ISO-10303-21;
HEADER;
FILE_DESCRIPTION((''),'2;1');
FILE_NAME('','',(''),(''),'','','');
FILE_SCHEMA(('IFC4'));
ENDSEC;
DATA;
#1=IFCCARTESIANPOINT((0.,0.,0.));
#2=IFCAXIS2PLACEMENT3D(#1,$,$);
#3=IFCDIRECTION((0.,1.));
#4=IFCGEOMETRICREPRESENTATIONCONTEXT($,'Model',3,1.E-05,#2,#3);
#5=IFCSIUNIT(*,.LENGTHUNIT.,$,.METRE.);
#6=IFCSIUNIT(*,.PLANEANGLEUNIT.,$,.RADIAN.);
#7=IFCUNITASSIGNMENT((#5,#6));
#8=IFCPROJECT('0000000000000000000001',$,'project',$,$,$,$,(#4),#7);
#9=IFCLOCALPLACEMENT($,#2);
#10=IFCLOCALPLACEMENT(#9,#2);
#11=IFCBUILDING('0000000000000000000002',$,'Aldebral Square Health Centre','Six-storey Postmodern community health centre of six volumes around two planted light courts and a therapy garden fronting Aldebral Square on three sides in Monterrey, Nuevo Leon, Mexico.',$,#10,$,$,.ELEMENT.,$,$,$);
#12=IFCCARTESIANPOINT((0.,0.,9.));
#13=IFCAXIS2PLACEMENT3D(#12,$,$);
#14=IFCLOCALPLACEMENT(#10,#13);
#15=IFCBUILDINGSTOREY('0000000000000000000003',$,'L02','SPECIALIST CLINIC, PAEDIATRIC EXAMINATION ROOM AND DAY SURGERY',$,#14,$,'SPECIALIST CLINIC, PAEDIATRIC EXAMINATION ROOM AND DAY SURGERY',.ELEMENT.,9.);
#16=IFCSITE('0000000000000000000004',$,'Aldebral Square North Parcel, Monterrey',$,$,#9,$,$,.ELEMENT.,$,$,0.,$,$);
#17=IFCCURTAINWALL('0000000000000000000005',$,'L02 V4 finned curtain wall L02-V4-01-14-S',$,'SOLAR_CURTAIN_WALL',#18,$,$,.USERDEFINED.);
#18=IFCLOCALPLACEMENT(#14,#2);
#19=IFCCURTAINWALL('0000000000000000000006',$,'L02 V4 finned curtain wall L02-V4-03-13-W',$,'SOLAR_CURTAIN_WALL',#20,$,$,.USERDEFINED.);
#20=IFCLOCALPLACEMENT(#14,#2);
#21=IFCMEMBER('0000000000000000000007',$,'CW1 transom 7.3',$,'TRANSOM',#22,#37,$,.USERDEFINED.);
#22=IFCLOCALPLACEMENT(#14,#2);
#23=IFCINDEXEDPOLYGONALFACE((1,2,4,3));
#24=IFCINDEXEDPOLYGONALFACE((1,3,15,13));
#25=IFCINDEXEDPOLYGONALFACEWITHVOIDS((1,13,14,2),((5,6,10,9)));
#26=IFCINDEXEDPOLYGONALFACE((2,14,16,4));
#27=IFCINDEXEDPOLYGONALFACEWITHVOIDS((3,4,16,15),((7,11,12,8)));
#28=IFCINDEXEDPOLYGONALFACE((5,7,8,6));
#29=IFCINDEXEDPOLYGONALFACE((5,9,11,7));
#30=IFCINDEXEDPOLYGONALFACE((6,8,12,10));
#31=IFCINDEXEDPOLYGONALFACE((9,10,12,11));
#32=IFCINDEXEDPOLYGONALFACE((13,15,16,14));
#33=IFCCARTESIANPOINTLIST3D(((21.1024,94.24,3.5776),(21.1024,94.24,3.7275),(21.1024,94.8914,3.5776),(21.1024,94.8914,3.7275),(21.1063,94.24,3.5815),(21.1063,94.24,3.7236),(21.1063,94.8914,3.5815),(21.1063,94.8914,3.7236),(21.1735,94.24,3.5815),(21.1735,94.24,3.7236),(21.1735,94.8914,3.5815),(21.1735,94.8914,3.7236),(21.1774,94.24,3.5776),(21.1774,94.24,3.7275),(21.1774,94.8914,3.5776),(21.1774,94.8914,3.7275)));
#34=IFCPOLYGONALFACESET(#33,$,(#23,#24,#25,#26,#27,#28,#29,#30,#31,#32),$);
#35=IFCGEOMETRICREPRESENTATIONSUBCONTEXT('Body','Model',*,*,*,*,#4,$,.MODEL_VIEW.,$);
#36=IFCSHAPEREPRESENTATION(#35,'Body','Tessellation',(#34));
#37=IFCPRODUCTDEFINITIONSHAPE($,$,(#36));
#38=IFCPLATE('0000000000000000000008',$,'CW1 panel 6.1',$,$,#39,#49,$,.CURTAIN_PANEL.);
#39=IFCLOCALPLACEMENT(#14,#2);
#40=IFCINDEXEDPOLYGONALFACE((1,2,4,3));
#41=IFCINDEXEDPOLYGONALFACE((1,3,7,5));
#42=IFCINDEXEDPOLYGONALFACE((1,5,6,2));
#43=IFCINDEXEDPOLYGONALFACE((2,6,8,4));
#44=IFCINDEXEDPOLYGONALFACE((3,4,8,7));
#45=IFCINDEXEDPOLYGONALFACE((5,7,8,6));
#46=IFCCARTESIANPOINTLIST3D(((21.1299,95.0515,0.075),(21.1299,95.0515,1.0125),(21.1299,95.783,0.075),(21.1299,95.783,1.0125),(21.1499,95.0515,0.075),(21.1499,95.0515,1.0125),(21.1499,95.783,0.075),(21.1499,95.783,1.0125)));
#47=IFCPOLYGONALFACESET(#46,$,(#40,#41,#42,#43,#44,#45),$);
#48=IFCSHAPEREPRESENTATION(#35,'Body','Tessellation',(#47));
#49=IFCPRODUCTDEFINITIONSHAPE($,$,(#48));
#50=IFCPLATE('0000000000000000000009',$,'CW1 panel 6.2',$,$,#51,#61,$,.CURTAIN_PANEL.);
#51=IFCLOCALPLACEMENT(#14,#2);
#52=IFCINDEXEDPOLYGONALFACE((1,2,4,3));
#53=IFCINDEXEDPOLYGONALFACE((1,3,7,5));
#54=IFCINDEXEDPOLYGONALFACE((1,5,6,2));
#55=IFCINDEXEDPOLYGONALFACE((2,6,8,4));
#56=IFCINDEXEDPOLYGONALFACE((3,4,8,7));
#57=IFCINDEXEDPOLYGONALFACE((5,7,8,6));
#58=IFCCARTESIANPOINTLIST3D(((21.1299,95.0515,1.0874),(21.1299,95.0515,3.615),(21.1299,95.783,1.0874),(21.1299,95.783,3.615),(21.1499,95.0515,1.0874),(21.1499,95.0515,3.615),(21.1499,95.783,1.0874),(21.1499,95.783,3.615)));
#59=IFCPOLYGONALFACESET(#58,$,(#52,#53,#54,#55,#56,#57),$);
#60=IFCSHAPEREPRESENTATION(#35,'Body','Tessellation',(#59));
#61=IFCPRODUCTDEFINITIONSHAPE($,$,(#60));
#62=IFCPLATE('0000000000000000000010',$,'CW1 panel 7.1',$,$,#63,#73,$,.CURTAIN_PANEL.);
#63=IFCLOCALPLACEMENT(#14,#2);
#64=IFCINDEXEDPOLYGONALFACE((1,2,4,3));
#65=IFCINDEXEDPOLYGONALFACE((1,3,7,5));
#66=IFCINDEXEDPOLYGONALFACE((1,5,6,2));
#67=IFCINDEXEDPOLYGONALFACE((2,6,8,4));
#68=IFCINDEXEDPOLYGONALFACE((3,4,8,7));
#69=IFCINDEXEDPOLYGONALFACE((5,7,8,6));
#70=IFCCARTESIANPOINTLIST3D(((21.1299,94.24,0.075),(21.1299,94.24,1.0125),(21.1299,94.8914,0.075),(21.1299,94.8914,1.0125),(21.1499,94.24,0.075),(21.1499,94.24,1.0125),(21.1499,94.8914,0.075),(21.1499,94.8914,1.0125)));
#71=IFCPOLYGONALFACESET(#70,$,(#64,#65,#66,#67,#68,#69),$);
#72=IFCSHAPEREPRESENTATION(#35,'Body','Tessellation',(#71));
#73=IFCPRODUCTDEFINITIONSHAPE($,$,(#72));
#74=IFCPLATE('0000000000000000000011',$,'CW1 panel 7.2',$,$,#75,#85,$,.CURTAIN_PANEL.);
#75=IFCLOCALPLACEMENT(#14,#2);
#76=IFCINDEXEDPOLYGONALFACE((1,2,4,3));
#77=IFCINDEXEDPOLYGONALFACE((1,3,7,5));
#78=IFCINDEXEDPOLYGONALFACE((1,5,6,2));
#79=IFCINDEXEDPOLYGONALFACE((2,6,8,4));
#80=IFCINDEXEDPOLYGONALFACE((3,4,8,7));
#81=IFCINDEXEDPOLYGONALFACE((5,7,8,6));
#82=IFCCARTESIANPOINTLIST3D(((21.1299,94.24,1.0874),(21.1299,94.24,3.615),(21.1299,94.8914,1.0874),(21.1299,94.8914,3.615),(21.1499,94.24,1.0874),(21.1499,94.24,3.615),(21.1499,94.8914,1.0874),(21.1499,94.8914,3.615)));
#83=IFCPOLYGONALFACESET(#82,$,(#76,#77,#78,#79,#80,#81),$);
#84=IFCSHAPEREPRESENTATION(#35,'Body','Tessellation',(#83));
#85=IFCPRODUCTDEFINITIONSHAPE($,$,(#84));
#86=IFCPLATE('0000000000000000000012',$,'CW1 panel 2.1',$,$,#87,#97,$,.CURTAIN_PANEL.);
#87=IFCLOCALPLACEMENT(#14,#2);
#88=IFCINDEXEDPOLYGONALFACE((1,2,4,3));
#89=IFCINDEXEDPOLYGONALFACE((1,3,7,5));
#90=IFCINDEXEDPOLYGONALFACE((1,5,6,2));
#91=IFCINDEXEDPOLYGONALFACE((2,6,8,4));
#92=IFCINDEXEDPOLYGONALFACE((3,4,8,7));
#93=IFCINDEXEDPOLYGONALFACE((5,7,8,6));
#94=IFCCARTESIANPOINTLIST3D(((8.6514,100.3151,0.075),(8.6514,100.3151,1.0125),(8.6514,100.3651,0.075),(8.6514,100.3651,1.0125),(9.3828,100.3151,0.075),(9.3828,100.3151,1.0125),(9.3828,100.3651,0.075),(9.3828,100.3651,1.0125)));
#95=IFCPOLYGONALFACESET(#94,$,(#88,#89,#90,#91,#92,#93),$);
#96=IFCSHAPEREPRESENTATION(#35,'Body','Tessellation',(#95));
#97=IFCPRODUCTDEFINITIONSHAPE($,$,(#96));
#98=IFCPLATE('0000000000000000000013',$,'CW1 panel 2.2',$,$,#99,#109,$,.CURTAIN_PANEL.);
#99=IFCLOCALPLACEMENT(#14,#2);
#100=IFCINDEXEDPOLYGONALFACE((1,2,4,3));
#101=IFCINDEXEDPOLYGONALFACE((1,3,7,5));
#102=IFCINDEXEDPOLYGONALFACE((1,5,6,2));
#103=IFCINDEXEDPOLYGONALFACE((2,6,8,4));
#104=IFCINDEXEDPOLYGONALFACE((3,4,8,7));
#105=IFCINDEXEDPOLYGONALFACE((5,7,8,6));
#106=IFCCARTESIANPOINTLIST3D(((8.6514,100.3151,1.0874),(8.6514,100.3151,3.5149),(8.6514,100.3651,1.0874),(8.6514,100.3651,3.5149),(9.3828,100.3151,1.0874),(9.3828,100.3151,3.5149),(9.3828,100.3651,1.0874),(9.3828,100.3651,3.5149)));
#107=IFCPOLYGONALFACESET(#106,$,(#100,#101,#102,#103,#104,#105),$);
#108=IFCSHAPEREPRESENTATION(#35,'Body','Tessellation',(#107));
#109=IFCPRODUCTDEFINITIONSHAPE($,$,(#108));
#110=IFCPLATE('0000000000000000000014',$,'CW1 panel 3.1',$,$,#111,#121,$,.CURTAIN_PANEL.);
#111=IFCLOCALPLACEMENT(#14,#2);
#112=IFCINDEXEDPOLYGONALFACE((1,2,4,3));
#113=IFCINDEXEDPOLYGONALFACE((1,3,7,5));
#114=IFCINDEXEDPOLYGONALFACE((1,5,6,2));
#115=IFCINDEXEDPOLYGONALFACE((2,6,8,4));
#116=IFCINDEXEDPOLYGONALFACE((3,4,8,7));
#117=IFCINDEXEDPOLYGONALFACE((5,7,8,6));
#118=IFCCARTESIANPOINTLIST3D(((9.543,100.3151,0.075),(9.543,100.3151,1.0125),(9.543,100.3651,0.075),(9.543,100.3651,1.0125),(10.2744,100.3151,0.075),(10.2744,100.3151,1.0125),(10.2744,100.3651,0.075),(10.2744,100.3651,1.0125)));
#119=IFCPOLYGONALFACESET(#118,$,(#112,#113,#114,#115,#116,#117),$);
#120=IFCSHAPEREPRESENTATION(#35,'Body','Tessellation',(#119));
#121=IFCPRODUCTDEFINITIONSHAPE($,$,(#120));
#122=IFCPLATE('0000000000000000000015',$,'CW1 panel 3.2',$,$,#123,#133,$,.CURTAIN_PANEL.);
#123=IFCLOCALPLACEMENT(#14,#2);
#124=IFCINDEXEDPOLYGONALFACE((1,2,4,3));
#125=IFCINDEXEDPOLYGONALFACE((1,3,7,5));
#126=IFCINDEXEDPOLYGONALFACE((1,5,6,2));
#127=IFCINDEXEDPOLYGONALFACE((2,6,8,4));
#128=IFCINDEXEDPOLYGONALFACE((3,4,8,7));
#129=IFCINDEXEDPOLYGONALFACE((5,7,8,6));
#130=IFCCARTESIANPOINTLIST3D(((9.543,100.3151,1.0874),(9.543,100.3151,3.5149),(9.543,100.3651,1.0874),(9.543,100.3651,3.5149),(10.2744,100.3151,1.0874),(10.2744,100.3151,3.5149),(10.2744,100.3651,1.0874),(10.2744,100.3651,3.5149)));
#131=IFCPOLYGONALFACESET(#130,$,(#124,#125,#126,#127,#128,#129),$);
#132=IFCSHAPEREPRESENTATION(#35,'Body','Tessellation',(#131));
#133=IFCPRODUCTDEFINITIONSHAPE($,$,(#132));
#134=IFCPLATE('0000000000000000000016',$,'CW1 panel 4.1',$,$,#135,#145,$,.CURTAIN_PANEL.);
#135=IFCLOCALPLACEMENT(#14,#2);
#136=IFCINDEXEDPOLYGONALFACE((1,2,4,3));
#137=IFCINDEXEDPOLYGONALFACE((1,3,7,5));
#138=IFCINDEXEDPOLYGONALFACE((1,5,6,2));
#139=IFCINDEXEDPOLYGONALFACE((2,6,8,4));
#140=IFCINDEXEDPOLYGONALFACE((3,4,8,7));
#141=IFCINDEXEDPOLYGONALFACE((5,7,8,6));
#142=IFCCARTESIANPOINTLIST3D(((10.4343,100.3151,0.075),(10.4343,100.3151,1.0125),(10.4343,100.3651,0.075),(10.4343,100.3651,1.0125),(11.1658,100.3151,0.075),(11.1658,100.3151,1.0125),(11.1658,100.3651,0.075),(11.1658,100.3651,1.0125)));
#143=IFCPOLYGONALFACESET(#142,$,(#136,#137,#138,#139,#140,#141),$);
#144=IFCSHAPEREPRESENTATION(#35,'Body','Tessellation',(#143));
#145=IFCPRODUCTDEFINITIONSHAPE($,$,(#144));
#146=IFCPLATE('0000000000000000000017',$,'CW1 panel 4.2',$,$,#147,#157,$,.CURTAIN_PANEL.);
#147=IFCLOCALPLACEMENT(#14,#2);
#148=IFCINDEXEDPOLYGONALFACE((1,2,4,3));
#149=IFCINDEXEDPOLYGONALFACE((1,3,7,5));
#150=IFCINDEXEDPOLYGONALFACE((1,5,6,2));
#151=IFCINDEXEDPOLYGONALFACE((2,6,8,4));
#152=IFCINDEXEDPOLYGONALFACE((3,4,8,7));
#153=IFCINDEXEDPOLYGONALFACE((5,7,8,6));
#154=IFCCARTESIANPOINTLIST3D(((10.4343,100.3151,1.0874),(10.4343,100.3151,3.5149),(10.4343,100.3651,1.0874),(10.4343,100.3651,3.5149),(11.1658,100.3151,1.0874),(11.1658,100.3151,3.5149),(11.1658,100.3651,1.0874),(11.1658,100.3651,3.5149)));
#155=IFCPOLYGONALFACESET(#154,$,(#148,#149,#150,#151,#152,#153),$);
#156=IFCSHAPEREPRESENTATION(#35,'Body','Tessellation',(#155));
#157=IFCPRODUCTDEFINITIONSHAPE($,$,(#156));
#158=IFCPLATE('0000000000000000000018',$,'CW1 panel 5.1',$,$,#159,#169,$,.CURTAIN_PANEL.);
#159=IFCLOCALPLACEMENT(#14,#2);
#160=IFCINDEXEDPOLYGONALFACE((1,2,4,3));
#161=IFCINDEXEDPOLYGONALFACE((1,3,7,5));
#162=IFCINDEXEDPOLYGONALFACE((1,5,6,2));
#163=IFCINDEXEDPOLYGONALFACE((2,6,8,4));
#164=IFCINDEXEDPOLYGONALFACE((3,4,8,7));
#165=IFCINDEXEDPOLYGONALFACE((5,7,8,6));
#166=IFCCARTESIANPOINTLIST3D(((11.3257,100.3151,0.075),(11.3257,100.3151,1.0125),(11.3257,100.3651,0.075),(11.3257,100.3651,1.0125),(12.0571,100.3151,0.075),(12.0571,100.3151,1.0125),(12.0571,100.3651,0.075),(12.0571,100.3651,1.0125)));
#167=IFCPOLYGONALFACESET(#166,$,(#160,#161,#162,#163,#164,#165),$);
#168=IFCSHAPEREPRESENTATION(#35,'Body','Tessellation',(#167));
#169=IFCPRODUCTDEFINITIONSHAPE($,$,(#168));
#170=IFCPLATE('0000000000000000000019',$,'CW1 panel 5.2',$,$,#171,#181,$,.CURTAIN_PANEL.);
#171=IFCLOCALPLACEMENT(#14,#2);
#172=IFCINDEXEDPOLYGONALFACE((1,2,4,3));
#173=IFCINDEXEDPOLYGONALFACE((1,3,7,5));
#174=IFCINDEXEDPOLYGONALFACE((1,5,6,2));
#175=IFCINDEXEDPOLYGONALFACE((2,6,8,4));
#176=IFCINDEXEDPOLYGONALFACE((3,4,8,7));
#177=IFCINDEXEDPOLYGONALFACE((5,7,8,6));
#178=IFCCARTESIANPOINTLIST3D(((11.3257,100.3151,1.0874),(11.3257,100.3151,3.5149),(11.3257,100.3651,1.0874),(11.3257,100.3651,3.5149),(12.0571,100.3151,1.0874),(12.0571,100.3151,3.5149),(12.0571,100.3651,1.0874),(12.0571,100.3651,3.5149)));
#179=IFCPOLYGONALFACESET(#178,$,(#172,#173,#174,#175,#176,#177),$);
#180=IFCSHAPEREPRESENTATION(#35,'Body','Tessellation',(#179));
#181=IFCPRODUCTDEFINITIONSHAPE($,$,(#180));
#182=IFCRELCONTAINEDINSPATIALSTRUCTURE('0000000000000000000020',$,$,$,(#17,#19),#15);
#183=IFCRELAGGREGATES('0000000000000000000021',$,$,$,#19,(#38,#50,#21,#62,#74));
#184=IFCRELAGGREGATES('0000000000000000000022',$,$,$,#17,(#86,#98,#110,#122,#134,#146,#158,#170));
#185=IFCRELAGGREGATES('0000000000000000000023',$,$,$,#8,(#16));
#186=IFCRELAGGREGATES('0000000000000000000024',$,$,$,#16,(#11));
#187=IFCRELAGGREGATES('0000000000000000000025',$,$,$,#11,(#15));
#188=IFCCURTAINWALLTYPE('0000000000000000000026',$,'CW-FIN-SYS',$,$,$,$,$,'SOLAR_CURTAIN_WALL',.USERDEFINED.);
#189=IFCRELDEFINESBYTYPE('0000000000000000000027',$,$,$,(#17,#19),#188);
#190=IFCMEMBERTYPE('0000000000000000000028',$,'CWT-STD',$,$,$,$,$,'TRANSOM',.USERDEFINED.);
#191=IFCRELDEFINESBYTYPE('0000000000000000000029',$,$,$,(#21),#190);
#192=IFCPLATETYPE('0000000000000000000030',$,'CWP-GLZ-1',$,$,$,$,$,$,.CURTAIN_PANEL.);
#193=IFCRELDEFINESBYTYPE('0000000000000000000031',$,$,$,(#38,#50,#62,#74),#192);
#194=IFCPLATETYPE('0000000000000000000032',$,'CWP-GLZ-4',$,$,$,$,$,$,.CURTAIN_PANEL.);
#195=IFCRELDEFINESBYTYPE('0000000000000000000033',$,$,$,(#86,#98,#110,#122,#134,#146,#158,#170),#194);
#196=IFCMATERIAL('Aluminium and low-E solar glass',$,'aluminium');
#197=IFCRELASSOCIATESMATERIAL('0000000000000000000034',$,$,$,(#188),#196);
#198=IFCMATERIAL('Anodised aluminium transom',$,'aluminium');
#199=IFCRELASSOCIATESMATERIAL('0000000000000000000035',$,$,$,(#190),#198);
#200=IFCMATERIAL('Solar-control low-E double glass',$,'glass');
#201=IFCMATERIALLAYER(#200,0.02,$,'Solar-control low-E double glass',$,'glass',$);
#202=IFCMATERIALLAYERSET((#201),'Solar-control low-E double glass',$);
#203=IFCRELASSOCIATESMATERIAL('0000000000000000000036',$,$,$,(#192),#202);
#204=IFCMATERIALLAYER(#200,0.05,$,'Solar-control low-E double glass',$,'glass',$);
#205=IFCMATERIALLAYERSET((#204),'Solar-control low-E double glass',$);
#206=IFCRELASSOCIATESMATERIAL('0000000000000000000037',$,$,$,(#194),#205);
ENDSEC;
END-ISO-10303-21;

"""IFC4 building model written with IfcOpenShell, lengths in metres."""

from ifc_helpers import new_model, si_unit, direction, frame, origin, origin_2d, place, context, subcontext, project, spatial, rectangle, hollow_rectangle, extrude, material, layer, layer_set, material_profile, profile_set, type_object, element, aggregate, save


model = new_model("IFC4")

# Units and contexts
model_context = context("Model", 3, precision=1e-05, world=origin(), true_north=direction((0.0, 1.0)))
body_context = subcontext(model_context, "Body", "Model", "MODEL_VIEW")
ifc_project = project(units=[si_unit("LENGTHUNIT", "METRE"), si_unit("PLANEANGLEUNIT", "RADIAN")], contexts=[model_context])

# Site, building, storey
site_placement = place(None, origin())
site = spatial("IfcSite", under=ifc_project, at=site_placement, Name="Aldebral Square North Parcel, Monterrey", CompositionType="ELEMENT", RefElevation=0.0)
building_placement = place(site_placement, origin())
building = spatial("IfcBuilding", under=site, at=building_placement, Name="Aldebral Square Health Centre", Description="Six-storey Postmodern community health centre of six volumes around two planted light courts and a therapy garden fronting Aldebral Square on three sides in Monterrey, Nuevo Leon, Mexico.", CompositionType="ELEMENT")
storey_placement = place(building_placement, frame((0.0, 0.0, 9.0)))
storey = spatial("IfcBuildingStorey", under=building, at=storey_placement, Name="L02", Description="SPECIALIST CLINIC, PAEDIATRIC EXAMINATION ROOM AND DAY SURGERY", LongName="SPECIALIST CLINIC, PAEDIATRIC EXAMINATION ROOM AND DAY SURGERY", CompositionType="ELEMENT", Elevation=9.0)

# Curtain wall
ifc_material_1 = material(Name="Aluminium and low-E solar glass", Category="aluminium")
curtain_wall_type = type_object("IfcCurtainWallType", Name="CW-FIN-SYS", ElementType="SOLAR_CURTAIN_WALL", PredefinedType="USERDEFINED", material=ifc_material_1)
curtain_wall_1_placement = place(storey_placement, origin())
curtain_wall_1 = element("IfcCurtainWall", 1, at=curtain_wall_1_placement, inside=storey, type_object=curtain_wall_type, Name="L02 V4 finned curtain wall L02-V4-01-14-S", ObjectType="SOLAR_CURTAIN_WALL", PredefinedType="USERDEFINED")

# Curtain wall
curtain_wall_2_placement = place(storey_placement, origin())
curtain_wall_2 = element("IfcCurtainWall", 2, at=curtain_wall_2_placement, inside=storey, type_object=curtain_wall_type, Name="L02 V4 finned curtain wall L02-V4-03-13-W", ObjectType="SOLAR_CURTAIN_WALL", PredefinedType="USERDEFINED")

# Member
ifc_material_2 = material(Name="Anodised aluminium transom", Category="aluminium")
ifc_material_profile_1 = material_profile(ifc_material_2, hollow_rectangle(XDim=0.075, YDim=0.1499, WallThickness=0.0039, at=origin_2d()), Name="CWT 75x150x4")
ifc_profile_set_1 = profile_set([ifc_material_profile_1], Name="Anodised aluminium transom")
member_type_1 = type_object("IfcMemberType", Name="CWT-STD", ElementType="TRANSOM", PredefinedType="USERDEFINED", material=ifc_profile_set_1)
member_1_placement = place(storey_placement, frame((21.1399, 94.8914, 3.6526), z_axis=(0.0, -1.0, 0.0), x_axis=(1.0, 0.0, 0.0)))
member_1 = element("IfcMember", 3, at=member_1_placement, type_object=member_type_1, Name="CW1 transom 7.3", ObjectType="TRANSOM", PredefinedType="USERDEFINED", context=body_context, shape_type="SweptSolid", body=[
    extrude(hollow_rectangle(XDim=0.075, YDim=0.1499, WallThickness=0.0039, at=origin_2d()), origin(), (0.0, 0.0, 1.0), 0.6514),
])

# Plates
ifc_material_3 = material(Name="Solar-control low-E double glass", Category="glass")
ifc_layer_1 = layer(ifc_material_3, 0.02, Name="Solar-control low-E double glass", Category="glass")
ifc_layer_set_1 = layer_set([ifc_layer_1], Name="Solar-control low-E double glass")
plate_type_1 = type_object("IfcPlateType", Name="CWP-GLZ-1", PredefinedType="CURTAIN_PANEL", material=ifc_layer_set_1)
plate_1_placement = place(storey_placement, frame((21.1399, 95.4172, 0.075), z_axis=(0.0, 0.0, 1.0), x_axis=(0.0, -1.0, 0.0)))
plate_1 = element("IfcPlate", 4, at=plate_1_placement, type_object=plate_type_1, Name="CW1 panel 6.1", PredefinedType="CURTAIN_PANEL", context=body_context, shape_type="SweptSolid", body=[
    extrude(rectangle(XDim=0.7314, YDim=0.02, at=origin_2d()), origin(), (0.0, 0.0, 1.0), 0.9375),
])
plate_2_placement = place(storey_placement, frame((21.1399, 95.4172, 1.0874), z_axis=(0.0, 0.0, 1.0), x_axis=(0.0, -1.0, 0.0)))
plate_2 = element("IfcPlate", 5, at=plate_2_placement, type_object=plate_type_1, Name="CW1 panel 6.2", PredefinedType="CURTAIN_PANEL", context=body_context, shape_type="SweptSolid", body=[
    extrude(rectangle(XDim=0.7314, YDim=0.02, at=origin_2d()), origin(), (0.0, 0.0, 1.0), 2.5276),
])
plate_3_placement = place(storey_placement, frame((21.1399, 94.5657, 0.075), z_axis=(0.0, 0.0, 1.0), x_axis=(0.0, -1.0, 0.0)))
plate_3 = element("IfcPlate", 6, at=plate_3_placement, type_object=plate_type_1, Name="CW1 panel 7.1", PredefinedType="CURTAIN_PANEL", context=body_context, shape_type="SweptSolid", body=[
    extrude(rectangle(XDim=0.6514, YDim=0.02, at=origin_2d()), origin(), (0.0, 0.0, 1.0), 0.9375),
])
plate_4_placement = place(storey_placement, frame((21.1399, 94.5657, 1.0874), z_axis=(0.0, 0.0, 1.0), x_axis=(0.0, -1.0, 0.0)))
plate_4 = element("IfcPlate", 7, at=plate_4_placement, type_object=plate_type_1, Name="CW1 panel 7.2", PredefinedType="CURTAIN_PANEL", context=body_context, shape_type="SweptSolid", body=[
    extrude(rectangle(XDim=0.6514, YDim=0.02, at=origin_2d()), origin(), (0.0, 0.0, 1.0), 2.5276),
])
aggregate(curtain_wall_2, [plate_1, plate_2, member_1, plate_3, plate_4])
ifc_layer_2 = layer(ifc_material_3, 0.05, Name="Solar-control low-E double glass", Category="glass")
ifc_layer_set_2 = layer_set([ifc_layer_2], Name="Solar-control low-E double glass")
plate_type_2 = type_object("IfcPlateType", Name="CWP-GLZ-4", PredefinedType="CURTAIN_PANEL", material=ifc_layer_set_2)
plate_5_placement = place(storey_placement, frame((9.0171, 100.3401, 0.075), z_axis=(0.0, 0.0, 1.0), x_axis=(1.0, 0.0, 0.0)))
plate_5 = element("IfcPlate", 8, at=plate_5_placement, type_object=plate_type_2, Name="CW1 panel 2.1", PredefinedType="CURTAIN_PANEL", context=body_context, shape_type="SweptSolid", body=[
    extrude(rectangle(XDim=0.7314, YDim=0.05, at=origin_2d()), origin(), (0.0, 0.0, 1.0), 0.9375),
])
plate_6_placement = place(storey_placement, frame((9.0171, 100.3401, 1.0874), z_axis=(0.0, 0.0, 1.0), x_axis=(1.0, 0.0, 0.0)))
plate_6 = element("IfcPlate", 9, at=plate_6_placement, type_object=plate_type_2, Name="CW1 panel 2.2", PredefinedType="CURTAIN_PANEL", context=body_context, shape_type="SweptSolid", body=[
    extrude(rectangle(XDim=0.7314, YDim=0.05, at=origin_2d()), origin(), (0.0, 0.0, 1.0), 2.4275),
])
plate_7_placement = place(storey_placement, frame((9.9087, 100.3401, 0.075), z_axis=(0.0, 0.0, 1.0), x_axis=(1.0, 0.0, 0.0)))
plate_7 = element("IfcPlate", 10, at=plate_7_placement, type_object=plate_type_2, Name="CW1 panel 3.1", PredefinedType="CURTAIN_PANEL", context=body_context, shape_type="SweptSolid", body=[
    extrude(rectangle(XDim=0.7314, YDim=0.05, at=origin_2d()), origin(), (0.0, 0.0, 1.0), 0.9375),
])
plate_8_placement = place(storey_placement, frame((9.9087, 100.3401, 1.0874), z_axis=(0.0, 0.0, 1.0), x_axis=(1.0, 0.0, 0.0)))
plate_8 = element("IfcPlate", 11, at=plate_8_placement, type_object=plate_type_2, Name="CW1 panel 3.2", PredefinedType="CURTAIN_PANEL", context=body_context, shape_type="SweptSolid", body=[
    extrude(rectangle(XDim=0.7314, YDim=0.05, at=origin_2d()), origin(), (0.0, 0.0, 1.0), 2.4275),
])
plate_9_placement = place(storey_placement, frame((10.8, 100.3401, 0.075), z_axis=(0.0, 0.0, 1.0), x_axis=(1.0, 0.0, 0.0)))
plate_9 = element("IfcPlate", 12, at=plate_9_placement, type_object=plate_type_2, Name="CW1 panel 4.1", PredefinedType="CURTAIN_PANEL", context=body_context, shape_type="SweptSolid", body=[
    extrude(rectangle(XDim=0.7314, YDim=0.05, at=origin_2d()), origin(), (0.0, 0.0, 1.0), 0.9375),
])
plate_10_placement = place(storey_placement, frame((10.8, 100.3401, 1.0874), z_axis=(0.0, 0.0, 1.0), x_axis=(1.0, 0.0, 0.0)))
plate_10 = element("IfcPlate", 13, at=plate_10_placement, type_object=plate_type_2, Name="CW1 panel 4.2", PredefinedType="CURTAIN_PANEL", context=body_context, shape_type="SweptSolid", body=[
    extrude(rectangle(XDim=0.7314, YDim=0.05, at=origin_2d()), origin(), (0.0, 0.0, 1.0), 2.4275),
])
plate_11_placement = place(storey_placement, frame((11.6914, 100.3401, 0.075), z_axis=(0.0, 0.0, 1.0), x_axis=(1.0, 0.0, 0.0)))
plate_11 = element("IfcPlate", 14, at=plate_11_placement, type_object=plate_type_2, Name="CW1 panel 5.1", PredefinedType="CURTAIN_PANEL", context=body_context, shape_type="SweptSolid", body=[
    extrude(rectangle(XDim=0.7314, YDim=0.05, at=origin_2d()), origin(), (0.0, 0.0, 1.0), 0.9375),
])
plate_12_placement = place(storey_placement, frame((11.6914, 100.3401, 1.0874), z_axis=(0.0, 0.0, 1.0), x_axis=(1.0, 0.0, 0.0)))
plate_12 = element("IfcPlate", 15, at=plate_12_placement, type_object=plate_type_2, Name="CW1 panel 5.2", PredefinedType="CURTAIN_PANEL", context=body_context, shape_type="SweptSolid", body=[
    extrude(rectangle(XDim=0.7314, YDim=0.05, at=origin_2d()), origin(), (0.0, 0.0, 1.0), 2.4275),
])
aggregate(curtain_wall_1, [plate_5, plate_6, plate_7, plate_8, plate_9, plate_10, plate_11, plate_12])

save(model, "model.ifc")
